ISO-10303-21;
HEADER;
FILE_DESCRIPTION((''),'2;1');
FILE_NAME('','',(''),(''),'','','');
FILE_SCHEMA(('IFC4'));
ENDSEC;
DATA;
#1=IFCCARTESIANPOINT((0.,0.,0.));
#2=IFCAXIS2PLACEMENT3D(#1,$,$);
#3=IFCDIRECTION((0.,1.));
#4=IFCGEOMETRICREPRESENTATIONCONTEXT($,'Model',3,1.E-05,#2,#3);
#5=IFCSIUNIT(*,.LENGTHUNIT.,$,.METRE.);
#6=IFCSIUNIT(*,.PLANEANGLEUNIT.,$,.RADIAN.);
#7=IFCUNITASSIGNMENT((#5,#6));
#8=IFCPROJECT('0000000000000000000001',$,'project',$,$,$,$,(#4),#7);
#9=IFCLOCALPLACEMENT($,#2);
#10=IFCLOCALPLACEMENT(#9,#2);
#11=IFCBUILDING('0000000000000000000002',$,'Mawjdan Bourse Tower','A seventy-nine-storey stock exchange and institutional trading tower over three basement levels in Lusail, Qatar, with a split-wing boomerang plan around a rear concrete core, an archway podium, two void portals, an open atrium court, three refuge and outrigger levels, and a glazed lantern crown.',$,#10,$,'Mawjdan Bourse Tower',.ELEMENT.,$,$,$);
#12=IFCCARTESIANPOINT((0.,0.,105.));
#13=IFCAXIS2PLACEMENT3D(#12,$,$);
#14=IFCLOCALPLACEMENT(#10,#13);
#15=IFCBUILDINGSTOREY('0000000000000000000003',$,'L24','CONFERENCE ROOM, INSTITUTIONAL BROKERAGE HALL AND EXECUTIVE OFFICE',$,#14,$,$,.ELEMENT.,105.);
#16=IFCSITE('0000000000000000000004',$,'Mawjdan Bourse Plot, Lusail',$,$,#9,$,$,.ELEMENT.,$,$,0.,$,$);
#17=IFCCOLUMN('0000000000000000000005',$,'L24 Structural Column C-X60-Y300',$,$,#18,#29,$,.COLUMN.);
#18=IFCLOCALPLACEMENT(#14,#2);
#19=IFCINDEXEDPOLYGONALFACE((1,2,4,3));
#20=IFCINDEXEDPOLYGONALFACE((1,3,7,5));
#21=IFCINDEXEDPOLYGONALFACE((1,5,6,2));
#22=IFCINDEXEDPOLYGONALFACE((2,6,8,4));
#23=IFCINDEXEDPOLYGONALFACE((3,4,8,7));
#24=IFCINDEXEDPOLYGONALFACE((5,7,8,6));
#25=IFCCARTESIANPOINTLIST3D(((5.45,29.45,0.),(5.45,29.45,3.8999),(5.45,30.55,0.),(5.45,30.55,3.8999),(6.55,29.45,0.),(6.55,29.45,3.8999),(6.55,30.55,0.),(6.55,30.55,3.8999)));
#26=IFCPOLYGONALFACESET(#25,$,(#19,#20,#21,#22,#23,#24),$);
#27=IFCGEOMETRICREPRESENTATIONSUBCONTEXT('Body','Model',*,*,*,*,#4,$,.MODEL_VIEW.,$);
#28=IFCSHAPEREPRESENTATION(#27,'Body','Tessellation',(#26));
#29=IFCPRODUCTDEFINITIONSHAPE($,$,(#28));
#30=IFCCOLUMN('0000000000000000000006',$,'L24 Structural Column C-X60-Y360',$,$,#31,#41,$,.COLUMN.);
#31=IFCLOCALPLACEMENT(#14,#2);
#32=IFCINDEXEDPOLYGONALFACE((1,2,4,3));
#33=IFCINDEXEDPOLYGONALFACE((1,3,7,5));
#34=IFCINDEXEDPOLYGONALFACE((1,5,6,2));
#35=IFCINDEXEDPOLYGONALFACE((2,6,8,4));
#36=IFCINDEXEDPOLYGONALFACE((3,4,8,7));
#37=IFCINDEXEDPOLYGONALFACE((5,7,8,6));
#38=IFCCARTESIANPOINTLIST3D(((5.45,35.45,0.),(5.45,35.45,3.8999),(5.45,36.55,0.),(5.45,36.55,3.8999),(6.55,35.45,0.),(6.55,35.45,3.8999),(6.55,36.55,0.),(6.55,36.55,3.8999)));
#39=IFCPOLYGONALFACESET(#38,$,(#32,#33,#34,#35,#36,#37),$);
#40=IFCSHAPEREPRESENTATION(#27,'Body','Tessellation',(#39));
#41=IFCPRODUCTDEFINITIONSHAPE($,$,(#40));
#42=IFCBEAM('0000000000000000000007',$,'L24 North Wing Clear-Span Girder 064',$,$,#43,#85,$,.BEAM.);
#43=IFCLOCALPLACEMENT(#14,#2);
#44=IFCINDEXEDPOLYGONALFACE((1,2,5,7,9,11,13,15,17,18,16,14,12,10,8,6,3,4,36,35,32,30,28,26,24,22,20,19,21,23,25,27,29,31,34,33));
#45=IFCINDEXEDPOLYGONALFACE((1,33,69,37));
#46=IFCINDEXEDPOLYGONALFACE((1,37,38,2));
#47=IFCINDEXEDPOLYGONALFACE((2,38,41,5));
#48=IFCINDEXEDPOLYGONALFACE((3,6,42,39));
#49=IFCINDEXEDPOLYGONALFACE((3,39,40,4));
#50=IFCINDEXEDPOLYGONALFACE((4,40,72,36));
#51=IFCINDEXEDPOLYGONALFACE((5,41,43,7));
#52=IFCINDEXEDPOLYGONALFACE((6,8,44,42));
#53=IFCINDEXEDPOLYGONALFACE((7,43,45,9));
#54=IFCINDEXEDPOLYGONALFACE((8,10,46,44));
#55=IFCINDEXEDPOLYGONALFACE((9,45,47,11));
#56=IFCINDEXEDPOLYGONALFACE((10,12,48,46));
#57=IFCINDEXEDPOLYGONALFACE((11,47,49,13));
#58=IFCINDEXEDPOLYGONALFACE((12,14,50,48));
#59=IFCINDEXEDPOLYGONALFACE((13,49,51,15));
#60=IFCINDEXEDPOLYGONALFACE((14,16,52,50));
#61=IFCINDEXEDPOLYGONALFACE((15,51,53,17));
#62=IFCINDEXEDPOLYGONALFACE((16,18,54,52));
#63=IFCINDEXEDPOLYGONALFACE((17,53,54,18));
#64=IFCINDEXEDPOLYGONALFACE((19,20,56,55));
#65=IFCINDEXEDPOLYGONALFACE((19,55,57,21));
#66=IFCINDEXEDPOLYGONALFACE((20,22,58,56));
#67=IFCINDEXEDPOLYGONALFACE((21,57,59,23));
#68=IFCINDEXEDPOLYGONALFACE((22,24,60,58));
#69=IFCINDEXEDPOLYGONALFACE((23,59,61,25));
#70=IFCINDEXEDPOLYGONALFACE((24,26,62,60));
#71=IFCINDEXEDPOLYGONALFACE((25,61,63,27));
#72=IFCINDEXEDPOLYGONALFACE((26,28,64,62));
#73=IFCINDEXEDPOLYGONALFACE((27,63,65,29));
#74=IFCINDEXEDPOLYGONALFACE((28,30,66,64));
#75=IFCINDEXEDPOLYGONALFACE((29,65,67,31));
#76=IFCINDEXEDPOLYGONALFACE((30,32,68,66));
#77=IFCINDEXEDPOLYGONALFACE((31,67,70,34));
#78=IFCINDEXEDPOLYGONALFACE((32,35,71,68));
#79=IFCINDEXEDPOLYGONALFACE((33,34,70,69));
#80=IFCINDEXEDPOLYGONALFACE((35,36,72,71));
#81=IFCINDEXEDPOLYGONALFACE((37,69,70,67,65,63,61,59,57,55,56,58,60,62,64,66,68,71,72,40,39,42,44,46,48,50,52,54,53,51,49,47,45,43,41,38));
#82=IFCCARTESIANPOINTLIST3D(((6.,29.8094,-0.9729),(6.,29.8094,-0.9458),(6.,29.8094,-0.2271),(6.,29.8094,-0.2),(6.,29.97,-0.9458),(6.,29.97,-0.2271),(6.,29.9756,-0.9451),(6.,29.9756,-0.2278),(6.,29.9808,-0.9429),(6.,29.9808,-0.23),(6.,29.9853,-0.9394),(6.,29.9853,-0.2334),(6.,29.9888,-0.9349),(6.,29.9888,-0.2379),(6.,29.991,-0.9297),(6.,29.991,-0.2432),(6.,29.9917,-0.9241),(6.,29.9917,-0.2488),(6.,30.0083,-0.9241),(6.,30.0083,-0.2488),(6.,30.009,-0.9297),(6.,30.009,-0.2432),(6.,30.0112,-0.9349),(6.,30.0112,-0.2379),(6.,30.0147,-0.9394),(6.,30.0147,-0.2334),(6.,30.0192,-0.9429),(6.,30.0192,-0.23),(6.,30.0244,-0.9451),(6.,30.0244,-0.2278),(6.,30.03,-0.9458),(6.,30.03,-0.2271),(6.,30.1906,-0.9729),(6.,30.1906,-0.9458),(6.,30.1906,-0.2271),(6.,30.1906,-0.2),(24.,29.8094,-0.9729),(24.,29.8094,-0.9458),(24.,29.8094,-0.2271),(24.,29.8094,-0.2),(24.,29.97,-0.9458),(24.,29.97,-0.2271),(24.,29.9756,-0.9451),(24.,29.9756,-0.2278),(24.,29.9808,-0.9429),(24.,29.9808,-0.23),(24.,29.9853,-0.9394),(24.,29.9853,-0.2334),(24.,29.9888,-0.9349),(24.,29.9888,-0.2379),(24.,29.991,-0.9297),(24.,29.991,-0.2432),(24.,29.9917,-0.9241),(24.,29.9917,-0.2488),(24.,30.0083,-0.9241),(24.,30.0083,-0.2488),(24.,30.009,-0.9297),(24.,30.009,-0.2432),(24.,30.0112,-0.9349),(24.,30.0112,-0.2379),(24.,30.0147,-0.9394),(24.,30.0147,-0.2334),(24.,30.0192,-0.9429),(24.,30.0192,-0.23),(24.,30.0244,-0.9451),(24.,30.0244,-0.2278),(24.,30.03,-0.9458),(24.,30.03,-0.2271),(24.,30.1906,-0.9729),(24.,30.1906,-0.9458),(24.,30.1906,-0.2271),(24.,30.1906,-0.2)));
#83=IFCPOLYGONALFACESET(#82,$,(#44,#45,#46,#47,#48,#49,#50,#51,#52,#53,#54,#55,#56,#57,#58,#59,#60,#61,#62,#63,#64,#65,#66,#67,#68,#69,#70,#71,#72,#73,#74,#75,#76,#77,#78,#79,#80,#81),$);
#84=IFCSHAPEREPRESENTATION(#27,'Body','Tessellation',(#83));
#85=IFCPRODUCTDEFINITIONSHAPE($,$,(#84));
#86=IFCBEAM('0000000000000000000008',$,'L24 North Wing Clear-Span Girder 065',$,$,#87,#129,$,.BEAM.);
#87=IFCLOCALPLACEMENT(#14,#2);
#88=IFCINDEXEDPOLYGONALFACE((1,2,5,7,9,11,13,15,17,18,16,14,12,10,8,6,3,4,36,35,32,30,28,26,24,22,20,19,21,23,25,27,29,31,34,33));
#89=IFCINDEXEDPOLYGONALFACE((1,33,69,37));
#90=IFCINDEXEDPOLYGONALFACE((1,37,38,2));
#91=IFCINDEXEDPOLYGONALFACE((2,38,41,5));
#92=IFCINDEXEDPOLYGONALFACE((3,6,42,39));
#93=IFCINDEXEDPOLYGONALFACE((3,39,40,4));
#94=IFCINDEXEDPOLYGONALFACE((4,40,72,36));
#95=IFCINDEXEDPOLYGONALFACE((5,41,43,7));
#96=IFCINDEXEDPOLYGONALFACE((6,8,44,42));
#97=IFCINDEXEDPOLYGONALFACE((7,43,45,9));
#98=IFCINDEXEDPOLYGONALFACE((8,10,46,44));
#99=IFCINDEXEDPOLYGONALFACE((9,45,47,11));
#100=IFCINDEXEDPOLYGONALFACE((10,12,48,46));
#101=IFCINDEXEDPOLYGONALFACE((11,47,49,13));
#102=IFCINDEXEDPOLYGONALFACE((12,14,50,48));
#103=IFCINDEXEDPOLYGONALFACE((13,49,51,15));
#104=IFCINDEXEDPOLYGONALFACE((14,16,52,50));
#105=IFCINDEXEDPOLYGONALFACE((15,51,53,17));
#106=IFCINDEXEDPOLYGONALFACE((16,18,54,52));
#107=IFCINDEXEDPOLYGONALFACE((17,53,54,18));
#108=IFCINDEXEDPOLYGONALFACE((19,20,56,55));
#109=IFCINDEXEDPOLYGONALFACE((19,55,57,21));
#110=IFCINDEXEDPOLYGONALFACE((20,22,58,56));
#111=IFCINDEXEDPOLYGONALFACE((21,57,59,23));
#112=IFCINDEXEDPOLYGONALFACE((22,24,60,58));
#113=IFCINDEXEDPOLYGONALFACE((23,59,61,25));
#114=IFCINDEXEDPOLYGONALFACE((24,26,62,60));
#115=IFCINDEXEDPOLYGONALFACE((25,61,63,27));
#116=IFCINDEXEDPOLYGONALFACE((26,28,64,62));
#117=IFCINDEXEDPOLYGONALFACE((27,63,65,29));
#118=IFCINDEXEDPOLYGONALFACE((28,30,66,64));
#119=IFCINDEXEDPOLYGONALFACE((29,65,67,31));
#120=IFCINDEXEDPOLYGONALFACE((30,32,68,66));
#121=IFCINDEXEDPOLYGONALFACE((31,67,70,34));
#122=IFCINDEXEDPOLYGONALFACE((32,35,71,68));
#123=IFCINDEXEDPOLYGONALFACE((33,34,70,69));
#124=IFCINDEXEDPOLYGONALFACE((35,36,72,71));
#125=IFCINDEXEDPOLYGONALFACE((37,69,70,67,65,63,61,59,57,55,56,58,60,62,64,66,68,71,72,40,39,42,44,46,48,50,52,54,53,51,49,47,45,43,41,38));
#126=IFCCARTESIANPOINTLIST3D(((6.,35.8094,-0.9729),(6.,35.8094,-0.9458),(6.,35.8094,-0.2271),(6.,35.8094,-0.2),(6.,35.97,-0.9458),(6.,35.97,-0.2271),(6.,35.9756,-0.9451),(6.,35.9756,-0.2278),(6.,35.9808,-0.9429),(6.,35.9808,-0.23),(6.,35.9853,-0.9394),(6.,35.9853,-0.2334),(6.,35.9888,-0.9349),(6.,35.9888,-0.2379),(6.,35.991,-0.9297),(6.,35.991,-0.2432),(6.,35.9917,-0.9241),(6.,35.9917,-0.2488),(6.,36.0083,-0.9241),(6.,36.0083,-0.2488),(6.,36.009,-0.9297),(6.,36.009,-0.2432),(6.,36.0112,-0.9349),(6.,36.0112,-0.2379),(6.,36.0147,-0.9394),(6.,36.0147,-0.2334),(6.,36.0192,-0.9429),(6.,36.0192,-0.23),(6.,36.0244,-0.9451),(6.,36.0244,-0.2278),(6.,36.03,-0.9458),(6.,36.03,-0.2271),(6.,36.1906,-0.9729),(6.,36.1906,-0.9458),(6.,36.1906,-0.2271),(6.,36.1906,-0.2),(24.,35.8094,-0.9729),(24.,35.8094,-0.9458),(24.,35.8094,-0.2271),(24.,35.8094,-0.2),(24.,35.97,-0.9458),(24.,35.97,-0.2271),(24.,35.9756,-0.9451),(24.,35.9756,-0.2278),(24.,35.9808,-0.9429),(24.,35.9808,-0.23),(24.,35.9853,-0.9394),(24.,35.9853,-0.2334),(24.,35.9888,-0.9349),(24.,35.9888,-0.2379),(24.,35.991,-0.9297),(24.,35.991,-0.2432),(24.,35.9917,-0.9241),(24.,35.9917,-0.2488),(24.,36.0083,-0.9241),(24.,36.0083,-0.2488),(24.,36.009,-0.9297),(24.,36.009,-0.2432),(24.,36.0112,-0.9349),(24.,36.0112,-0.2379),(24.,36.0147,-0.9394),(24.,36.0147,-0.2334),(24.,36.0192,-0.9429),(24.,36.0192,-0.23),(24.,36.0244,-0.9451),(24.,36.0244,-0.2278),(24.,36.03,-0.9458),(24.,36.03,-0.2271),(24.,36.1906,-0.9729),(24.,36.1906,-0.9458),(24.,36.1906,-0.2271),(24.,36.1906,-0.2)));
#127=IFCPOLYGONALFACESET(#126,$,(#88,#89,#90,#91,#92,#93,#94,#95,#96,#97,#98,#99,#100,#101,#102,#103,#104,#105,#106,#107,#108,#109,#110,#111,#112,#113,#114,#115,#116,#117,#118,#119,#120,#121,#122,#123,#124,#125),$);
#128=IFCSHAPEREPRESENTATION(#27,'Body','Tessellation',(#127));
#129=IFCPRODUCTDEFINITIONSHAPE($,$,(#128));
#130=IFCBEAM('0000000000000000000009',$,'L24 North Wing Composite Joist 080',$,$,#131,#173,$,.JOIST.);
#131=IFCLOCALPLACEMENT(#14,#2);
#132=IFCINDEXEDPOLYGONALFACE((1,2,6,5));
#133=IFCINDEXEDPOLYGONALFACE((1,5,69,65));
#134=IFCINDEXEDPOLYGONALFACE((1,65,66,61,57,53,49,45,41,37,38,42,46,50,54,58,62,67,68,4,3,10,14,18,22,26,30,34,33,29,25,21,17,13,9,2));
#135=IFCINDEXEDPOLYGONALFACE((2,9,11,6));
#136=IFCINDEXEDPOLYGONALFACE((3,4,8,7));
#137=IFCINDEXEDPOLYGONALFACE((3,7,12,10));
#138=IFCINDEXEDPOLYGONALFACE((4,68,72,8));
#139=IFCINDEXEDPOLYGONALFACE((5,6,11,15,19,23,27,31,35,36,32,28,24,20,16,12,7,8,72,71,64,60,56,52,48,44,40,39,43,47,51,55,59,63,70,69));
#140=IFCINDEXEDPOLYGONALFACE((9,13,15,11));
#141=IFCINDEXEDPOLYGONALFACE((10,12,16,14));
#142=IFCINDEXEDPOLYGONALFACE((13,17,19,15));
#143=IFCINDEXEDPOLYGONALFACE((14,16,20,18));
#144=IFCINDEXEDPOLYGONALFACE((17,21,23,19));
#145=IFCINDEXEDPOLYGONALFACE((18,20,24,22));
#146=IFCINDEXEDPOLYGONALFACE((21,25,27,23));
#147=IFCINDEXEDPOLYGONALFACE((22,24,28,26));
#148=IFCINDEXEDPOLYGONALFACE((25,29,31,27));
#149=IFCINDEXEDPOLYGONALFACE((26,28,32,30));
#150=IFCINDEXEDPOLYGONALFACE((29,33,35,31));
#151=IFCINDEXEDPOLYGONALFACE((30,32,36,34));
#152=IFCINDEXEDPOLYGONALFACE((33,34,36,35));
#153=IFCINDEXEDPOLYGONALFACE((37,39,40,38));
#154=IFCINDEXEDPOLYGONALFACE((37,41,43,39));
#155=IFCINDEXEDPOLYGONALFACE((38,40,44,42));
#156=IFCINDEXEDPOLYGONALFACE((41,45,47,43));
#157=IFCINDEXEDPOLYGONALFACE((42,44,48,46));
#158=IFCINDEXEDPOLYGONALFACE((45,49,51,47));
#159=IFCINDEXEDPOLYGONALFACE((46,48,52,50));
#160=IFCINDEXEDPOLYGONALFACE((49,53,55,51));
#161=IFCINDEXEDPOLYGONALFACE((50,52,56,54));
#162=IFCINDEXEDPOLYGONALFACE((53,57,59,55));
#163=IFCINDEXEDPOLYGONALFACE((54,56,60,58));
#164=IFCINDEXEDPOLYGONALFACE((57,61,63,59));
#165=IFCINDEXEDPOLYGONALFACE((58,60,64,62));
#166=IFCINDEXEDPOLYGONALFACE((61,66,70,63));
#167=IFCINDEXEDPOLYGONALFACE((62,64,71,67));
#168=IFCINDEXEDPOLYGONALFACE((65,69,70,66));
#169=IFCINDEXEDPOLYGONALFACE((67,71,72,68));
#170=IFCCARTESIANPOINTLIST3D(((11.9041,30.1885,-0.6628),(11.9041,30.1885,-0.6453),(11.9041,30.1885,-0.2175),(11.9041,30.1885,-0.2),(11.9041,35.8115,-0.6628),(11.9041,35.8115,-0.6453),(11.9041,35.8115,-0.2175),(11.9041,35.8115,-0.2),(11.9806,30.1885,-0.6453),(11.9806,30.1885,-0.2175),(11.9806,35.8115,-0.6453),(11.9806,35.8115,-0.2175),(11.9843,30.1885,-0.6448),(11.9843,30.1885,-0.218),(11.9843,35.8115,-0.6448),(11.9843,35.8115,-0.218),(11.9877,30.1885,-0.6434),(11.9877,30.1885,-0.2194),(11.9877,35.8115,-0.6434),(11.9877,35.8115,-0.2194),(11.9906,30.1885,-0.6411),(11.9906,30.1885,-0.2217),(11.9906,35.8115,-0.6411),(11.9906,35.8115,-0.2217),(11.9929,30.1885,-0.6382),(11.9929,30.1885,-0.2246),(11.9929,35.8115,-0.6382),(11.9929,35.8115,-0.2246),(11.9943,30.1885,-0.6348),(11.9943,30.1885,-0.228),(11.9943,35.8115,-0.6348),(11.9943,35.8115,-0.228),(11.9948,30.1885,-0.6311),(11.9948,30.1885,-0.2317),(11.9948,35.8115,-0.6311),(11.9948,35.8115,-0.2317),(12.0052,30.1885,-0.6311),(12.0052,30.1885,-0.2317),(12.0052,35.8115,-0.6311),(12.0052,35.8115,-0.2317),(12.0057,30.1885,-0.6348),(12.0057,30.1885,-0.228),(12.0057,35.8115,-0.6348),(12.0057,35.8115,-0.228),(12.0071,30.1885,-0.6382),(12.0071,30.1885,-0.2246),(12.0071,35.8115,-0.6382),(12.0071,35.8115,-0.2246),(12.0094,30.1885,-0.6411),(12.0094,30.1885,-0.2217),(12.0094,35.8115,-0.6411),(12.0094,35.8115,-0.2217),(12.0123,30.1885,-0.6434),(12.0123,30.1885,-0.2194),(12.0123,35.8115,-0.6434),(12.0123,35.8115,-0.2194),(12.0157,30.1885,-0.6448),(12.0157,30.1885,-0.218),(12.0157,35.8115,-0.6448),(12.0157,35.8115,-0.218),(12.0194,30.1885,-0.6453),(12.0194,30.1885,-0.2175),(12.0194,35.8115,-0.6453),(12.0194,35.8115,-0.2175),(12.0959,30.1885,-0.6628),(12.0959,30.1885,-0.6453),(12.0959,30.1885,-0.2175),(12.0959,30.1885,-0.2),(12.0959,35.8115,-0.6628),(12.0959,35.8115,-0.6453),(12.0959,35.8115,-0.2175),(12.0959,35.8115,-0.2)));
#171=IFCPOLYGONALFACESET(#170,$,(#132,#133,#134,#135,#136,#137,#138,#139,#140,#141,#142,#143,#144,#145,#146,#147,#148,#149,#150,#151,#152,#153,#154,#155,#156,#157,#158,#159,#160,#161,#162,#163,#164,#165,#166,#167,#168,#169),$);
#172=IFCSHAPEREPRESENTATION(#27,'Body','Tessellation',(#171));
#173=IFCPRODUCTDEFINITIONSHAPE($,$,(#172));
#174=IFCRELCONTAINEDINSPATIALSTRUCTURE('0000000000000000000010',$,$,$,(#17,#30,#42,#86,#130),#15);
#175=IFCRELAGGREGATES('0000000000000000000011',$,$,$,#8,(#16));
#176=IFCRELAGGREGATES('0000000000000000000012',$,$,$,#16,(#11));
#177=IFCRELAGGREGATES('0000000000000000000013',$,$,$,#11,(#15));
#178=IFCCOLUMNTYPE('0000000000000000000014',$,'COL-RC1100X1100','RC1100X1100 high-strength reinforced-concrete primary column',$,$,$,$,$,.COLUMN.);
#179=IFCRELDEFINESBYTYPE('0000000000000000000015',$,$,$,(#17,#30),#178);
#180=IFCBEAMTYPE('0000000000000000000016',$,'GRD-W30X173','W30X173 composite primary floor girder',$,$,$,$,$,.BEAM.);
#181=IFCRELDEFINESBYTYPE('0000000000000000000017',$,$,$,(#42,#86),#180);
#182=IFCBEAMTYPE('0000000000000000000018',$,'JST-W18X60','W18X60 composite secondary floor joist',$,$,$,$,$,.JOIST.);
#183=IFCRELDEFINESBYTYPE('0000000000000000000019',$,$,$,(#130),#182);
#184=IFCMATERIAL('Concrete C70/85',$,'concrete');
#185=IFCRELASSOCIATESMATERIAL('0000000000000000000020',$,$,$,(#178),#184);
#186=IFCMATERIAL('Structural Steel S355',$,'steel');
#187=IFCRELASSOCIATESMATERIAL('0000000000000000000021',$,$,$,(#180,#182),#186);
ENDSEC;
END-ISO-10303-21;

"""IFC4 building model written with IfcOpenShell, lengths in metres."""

from ifc_helpers import new_model, si_unit, direction, frame, origin, origin_2d, place, context, subcontext, project, spatial, rectangle, i_section, extrude, material, material_profile, profile_set, type_object, element, save


model = new_model("IFC4")

# Units and contexts
model_context = context("Model", 3, precision=1e-05, world=origin(), true_north=direction((0.0, 1.0)))
body_context = subcontext(model_context, "Body", "Model", "MODEL_VIEW")
ifc_project = project(units=[si_unit("LENGTHUNIT", "METRE"), si_unit("PLANEANGLEUNIT", "RADIAN")], contexts=[model_context])

# Site, building, storey
site_placement = place(None, origin())
site = spatial("IfcSite", under=ifc_project, at=site_placement, Name="Mawjdan Bourse Plot, Lusail", CompositionType="ELEMENT", RefElevation=0.0)
building_placement = place(site_placement, origin())
building = spatial("IfcBuilding", under=site, at=building_placement, Name="Mawjdan Bourse Tower", Description="A seventy-nine-storey stock exchange and institutional trading tower over three basement levels in Lusail, Qatar, with a split-wing boomerang plan around a rear concrete core, an archway podium, two void portals, an open atrium court, three refuge and outrigger levels, and a glazed lantern crown.", LongName="Mawjdan Bourse Tower", CompositionType="ELEMENT")
storey_placement = place(building_placement, frame((0.0, 0.0, 105.0)))
storey = spatial("IfcBuildingStorey", under=building, at=storey_placement, Name="L24", Description="CONFERENCE ROOM, INSTITUTIONAL BROKERAGE HALL AND EXECUTIVE OFFICE", CompositionType="ELEMENT", Elevation=105.0)

# Columns
ifc_material_1 = material(Name="Concrete C70/85", Category="concrete")
ifc_material_profile_1 = material_profile(ifc_material_1, rectangle(XDim=1.1001, YDim=1.1001, at=origin_2d()), Name="RC1100X1100")
ifc_profile_set_1 = profile_set([ifc_material_profile_1], Name="Concrete C70/85")
column_type = type_object("IfcColumnType", Name="COL-RC1100X1100", Description="RC1100X1100 high-strength reinforced-concrete primary column", PredefinedType="COLUMN", material=ifc_profile_set_1)
for number, where, z_axis, x_axis, name in (
    (1, (6.0, 30.0, 0.0), (0.0, 0.0, 1.0), (1.0, 0.0, 0.0), "L24 Structural Column C-X60-Y300"),
    (2, (6.0, 36.0, 0.0), (0.0, 0.0, 1.0), (1.0, 0.0, 0.0), "L24 Structural Column C-X60-Y360"),
):
    element("IfcColumn", number, at=place(storey_placement, frame(where, z_axis=z_axis, x_axis=x_axis)), inside=storey, type_object=column_type, Name=name, PredefinedType="COLUMN", context=body_context, shape_type="SweptSolid", body=[
        extrude(rectangle(XDim=1.1001, YDim=1.1001, at=origin_2d()), origin(), (0.0, 0.0, 1.0), 3.8999),
    ])

# Beams
ifc_material_2 = material(Name="Structural Steel S355", Category="steel")
ifc_material_profile_2 = material_profile(ifc_material_2, i_section(OverallWidth=0.3811, OverallDepth=0.7729, WebThickness=0.0166, FlangeThickness=0.0271, FilletRadius=0.0217, at=origin_2d()), Name="W30X173")
ifc_profile_set_2 = profile_set([ifc_material_profile_2], Name="Structural Steel S355")
beam_type_1 = type_object("IfcBeamType", Name="GRD-W30X173", Description="W30X173 composite primary floor girder", PredefinedType="BEAM", material=ifc_profile_set_2)
for number, where, z_axis, x_axis, name in (
    (3, (6.0, 30.0, -0.5864), (1.0, 0.0, 0.0), (0.0, 1.0, 0.0), "L24 North Wing Clear-Span Girder 064"),
    (4, (6.0, 36.0, -0.5864), (1.0, 0.0, 0.0), (0.0, 1.0, 0.0), "L24 North Wing Clear-Span Girder 065"),
):
    element("IfcBeam", number, at=place(storey_placement, frame(where, z_axis=z_axis, x_axis=x_axis)), inside=storey, type_object=beam_type_1, Name=name, PredefinedType="BEAM", context=body_context, shape_type="SweptSolid", body=[
        extrude(i_section(OverallWidth=0.3811, OverallDepth=0.7729, WebThickness=0.0166, FlangeThickness=0.0271, FilletRadius=0.0217, at=origin_2d()), origin(), (0.0, 0.0, 1.0), 18.0),
    ])
ifc_material_profile_3 = material_profile(ifc_material_2, i_section(OverallWidth=0.1919, OverallDepth=0.4629, WebThickness=0.0105, FlangeThickness=0.0176, FilletRadius=0.0142, at=origin_2d()), Name="W18X60")
ifc_profile_set_3 = profile_set([ifc_material_profile_3], Name="Structural Steel S355")
beam_type_2 = type_object("IfcBeamType", Name="JST-W18X60", Description="W18X60 composite secondary floor joist", PredefinedType="JOIST", material=ifc_profile_set_3)
beam_1_placement = place(storey_placement, frame((12.0, 30.1885, -0.4314), z_axis=(0.0, 1.0, 0.0), x_axis=(-1.0, 0.0, 0.0)))
element("IfcBeam", 5, at=beam_1_placement, inside=storey, type_object=beam_type_2, Name="L24 North Wing Composite Joist 080", PredefinedType="JOIST", context=body_context, shape_type="SweptSolid", body=[
    extrude(i_section(OverallWidth=0.1919, OverallDepth=0.4629, WebThickness=0.0105, FlangeThickness=0.0176, FilletRadius=0.0142, at=origin_2d()), origin(), (0.0, 0.0, 1.0), 5.623),
])

save(model, "model.ifc")
